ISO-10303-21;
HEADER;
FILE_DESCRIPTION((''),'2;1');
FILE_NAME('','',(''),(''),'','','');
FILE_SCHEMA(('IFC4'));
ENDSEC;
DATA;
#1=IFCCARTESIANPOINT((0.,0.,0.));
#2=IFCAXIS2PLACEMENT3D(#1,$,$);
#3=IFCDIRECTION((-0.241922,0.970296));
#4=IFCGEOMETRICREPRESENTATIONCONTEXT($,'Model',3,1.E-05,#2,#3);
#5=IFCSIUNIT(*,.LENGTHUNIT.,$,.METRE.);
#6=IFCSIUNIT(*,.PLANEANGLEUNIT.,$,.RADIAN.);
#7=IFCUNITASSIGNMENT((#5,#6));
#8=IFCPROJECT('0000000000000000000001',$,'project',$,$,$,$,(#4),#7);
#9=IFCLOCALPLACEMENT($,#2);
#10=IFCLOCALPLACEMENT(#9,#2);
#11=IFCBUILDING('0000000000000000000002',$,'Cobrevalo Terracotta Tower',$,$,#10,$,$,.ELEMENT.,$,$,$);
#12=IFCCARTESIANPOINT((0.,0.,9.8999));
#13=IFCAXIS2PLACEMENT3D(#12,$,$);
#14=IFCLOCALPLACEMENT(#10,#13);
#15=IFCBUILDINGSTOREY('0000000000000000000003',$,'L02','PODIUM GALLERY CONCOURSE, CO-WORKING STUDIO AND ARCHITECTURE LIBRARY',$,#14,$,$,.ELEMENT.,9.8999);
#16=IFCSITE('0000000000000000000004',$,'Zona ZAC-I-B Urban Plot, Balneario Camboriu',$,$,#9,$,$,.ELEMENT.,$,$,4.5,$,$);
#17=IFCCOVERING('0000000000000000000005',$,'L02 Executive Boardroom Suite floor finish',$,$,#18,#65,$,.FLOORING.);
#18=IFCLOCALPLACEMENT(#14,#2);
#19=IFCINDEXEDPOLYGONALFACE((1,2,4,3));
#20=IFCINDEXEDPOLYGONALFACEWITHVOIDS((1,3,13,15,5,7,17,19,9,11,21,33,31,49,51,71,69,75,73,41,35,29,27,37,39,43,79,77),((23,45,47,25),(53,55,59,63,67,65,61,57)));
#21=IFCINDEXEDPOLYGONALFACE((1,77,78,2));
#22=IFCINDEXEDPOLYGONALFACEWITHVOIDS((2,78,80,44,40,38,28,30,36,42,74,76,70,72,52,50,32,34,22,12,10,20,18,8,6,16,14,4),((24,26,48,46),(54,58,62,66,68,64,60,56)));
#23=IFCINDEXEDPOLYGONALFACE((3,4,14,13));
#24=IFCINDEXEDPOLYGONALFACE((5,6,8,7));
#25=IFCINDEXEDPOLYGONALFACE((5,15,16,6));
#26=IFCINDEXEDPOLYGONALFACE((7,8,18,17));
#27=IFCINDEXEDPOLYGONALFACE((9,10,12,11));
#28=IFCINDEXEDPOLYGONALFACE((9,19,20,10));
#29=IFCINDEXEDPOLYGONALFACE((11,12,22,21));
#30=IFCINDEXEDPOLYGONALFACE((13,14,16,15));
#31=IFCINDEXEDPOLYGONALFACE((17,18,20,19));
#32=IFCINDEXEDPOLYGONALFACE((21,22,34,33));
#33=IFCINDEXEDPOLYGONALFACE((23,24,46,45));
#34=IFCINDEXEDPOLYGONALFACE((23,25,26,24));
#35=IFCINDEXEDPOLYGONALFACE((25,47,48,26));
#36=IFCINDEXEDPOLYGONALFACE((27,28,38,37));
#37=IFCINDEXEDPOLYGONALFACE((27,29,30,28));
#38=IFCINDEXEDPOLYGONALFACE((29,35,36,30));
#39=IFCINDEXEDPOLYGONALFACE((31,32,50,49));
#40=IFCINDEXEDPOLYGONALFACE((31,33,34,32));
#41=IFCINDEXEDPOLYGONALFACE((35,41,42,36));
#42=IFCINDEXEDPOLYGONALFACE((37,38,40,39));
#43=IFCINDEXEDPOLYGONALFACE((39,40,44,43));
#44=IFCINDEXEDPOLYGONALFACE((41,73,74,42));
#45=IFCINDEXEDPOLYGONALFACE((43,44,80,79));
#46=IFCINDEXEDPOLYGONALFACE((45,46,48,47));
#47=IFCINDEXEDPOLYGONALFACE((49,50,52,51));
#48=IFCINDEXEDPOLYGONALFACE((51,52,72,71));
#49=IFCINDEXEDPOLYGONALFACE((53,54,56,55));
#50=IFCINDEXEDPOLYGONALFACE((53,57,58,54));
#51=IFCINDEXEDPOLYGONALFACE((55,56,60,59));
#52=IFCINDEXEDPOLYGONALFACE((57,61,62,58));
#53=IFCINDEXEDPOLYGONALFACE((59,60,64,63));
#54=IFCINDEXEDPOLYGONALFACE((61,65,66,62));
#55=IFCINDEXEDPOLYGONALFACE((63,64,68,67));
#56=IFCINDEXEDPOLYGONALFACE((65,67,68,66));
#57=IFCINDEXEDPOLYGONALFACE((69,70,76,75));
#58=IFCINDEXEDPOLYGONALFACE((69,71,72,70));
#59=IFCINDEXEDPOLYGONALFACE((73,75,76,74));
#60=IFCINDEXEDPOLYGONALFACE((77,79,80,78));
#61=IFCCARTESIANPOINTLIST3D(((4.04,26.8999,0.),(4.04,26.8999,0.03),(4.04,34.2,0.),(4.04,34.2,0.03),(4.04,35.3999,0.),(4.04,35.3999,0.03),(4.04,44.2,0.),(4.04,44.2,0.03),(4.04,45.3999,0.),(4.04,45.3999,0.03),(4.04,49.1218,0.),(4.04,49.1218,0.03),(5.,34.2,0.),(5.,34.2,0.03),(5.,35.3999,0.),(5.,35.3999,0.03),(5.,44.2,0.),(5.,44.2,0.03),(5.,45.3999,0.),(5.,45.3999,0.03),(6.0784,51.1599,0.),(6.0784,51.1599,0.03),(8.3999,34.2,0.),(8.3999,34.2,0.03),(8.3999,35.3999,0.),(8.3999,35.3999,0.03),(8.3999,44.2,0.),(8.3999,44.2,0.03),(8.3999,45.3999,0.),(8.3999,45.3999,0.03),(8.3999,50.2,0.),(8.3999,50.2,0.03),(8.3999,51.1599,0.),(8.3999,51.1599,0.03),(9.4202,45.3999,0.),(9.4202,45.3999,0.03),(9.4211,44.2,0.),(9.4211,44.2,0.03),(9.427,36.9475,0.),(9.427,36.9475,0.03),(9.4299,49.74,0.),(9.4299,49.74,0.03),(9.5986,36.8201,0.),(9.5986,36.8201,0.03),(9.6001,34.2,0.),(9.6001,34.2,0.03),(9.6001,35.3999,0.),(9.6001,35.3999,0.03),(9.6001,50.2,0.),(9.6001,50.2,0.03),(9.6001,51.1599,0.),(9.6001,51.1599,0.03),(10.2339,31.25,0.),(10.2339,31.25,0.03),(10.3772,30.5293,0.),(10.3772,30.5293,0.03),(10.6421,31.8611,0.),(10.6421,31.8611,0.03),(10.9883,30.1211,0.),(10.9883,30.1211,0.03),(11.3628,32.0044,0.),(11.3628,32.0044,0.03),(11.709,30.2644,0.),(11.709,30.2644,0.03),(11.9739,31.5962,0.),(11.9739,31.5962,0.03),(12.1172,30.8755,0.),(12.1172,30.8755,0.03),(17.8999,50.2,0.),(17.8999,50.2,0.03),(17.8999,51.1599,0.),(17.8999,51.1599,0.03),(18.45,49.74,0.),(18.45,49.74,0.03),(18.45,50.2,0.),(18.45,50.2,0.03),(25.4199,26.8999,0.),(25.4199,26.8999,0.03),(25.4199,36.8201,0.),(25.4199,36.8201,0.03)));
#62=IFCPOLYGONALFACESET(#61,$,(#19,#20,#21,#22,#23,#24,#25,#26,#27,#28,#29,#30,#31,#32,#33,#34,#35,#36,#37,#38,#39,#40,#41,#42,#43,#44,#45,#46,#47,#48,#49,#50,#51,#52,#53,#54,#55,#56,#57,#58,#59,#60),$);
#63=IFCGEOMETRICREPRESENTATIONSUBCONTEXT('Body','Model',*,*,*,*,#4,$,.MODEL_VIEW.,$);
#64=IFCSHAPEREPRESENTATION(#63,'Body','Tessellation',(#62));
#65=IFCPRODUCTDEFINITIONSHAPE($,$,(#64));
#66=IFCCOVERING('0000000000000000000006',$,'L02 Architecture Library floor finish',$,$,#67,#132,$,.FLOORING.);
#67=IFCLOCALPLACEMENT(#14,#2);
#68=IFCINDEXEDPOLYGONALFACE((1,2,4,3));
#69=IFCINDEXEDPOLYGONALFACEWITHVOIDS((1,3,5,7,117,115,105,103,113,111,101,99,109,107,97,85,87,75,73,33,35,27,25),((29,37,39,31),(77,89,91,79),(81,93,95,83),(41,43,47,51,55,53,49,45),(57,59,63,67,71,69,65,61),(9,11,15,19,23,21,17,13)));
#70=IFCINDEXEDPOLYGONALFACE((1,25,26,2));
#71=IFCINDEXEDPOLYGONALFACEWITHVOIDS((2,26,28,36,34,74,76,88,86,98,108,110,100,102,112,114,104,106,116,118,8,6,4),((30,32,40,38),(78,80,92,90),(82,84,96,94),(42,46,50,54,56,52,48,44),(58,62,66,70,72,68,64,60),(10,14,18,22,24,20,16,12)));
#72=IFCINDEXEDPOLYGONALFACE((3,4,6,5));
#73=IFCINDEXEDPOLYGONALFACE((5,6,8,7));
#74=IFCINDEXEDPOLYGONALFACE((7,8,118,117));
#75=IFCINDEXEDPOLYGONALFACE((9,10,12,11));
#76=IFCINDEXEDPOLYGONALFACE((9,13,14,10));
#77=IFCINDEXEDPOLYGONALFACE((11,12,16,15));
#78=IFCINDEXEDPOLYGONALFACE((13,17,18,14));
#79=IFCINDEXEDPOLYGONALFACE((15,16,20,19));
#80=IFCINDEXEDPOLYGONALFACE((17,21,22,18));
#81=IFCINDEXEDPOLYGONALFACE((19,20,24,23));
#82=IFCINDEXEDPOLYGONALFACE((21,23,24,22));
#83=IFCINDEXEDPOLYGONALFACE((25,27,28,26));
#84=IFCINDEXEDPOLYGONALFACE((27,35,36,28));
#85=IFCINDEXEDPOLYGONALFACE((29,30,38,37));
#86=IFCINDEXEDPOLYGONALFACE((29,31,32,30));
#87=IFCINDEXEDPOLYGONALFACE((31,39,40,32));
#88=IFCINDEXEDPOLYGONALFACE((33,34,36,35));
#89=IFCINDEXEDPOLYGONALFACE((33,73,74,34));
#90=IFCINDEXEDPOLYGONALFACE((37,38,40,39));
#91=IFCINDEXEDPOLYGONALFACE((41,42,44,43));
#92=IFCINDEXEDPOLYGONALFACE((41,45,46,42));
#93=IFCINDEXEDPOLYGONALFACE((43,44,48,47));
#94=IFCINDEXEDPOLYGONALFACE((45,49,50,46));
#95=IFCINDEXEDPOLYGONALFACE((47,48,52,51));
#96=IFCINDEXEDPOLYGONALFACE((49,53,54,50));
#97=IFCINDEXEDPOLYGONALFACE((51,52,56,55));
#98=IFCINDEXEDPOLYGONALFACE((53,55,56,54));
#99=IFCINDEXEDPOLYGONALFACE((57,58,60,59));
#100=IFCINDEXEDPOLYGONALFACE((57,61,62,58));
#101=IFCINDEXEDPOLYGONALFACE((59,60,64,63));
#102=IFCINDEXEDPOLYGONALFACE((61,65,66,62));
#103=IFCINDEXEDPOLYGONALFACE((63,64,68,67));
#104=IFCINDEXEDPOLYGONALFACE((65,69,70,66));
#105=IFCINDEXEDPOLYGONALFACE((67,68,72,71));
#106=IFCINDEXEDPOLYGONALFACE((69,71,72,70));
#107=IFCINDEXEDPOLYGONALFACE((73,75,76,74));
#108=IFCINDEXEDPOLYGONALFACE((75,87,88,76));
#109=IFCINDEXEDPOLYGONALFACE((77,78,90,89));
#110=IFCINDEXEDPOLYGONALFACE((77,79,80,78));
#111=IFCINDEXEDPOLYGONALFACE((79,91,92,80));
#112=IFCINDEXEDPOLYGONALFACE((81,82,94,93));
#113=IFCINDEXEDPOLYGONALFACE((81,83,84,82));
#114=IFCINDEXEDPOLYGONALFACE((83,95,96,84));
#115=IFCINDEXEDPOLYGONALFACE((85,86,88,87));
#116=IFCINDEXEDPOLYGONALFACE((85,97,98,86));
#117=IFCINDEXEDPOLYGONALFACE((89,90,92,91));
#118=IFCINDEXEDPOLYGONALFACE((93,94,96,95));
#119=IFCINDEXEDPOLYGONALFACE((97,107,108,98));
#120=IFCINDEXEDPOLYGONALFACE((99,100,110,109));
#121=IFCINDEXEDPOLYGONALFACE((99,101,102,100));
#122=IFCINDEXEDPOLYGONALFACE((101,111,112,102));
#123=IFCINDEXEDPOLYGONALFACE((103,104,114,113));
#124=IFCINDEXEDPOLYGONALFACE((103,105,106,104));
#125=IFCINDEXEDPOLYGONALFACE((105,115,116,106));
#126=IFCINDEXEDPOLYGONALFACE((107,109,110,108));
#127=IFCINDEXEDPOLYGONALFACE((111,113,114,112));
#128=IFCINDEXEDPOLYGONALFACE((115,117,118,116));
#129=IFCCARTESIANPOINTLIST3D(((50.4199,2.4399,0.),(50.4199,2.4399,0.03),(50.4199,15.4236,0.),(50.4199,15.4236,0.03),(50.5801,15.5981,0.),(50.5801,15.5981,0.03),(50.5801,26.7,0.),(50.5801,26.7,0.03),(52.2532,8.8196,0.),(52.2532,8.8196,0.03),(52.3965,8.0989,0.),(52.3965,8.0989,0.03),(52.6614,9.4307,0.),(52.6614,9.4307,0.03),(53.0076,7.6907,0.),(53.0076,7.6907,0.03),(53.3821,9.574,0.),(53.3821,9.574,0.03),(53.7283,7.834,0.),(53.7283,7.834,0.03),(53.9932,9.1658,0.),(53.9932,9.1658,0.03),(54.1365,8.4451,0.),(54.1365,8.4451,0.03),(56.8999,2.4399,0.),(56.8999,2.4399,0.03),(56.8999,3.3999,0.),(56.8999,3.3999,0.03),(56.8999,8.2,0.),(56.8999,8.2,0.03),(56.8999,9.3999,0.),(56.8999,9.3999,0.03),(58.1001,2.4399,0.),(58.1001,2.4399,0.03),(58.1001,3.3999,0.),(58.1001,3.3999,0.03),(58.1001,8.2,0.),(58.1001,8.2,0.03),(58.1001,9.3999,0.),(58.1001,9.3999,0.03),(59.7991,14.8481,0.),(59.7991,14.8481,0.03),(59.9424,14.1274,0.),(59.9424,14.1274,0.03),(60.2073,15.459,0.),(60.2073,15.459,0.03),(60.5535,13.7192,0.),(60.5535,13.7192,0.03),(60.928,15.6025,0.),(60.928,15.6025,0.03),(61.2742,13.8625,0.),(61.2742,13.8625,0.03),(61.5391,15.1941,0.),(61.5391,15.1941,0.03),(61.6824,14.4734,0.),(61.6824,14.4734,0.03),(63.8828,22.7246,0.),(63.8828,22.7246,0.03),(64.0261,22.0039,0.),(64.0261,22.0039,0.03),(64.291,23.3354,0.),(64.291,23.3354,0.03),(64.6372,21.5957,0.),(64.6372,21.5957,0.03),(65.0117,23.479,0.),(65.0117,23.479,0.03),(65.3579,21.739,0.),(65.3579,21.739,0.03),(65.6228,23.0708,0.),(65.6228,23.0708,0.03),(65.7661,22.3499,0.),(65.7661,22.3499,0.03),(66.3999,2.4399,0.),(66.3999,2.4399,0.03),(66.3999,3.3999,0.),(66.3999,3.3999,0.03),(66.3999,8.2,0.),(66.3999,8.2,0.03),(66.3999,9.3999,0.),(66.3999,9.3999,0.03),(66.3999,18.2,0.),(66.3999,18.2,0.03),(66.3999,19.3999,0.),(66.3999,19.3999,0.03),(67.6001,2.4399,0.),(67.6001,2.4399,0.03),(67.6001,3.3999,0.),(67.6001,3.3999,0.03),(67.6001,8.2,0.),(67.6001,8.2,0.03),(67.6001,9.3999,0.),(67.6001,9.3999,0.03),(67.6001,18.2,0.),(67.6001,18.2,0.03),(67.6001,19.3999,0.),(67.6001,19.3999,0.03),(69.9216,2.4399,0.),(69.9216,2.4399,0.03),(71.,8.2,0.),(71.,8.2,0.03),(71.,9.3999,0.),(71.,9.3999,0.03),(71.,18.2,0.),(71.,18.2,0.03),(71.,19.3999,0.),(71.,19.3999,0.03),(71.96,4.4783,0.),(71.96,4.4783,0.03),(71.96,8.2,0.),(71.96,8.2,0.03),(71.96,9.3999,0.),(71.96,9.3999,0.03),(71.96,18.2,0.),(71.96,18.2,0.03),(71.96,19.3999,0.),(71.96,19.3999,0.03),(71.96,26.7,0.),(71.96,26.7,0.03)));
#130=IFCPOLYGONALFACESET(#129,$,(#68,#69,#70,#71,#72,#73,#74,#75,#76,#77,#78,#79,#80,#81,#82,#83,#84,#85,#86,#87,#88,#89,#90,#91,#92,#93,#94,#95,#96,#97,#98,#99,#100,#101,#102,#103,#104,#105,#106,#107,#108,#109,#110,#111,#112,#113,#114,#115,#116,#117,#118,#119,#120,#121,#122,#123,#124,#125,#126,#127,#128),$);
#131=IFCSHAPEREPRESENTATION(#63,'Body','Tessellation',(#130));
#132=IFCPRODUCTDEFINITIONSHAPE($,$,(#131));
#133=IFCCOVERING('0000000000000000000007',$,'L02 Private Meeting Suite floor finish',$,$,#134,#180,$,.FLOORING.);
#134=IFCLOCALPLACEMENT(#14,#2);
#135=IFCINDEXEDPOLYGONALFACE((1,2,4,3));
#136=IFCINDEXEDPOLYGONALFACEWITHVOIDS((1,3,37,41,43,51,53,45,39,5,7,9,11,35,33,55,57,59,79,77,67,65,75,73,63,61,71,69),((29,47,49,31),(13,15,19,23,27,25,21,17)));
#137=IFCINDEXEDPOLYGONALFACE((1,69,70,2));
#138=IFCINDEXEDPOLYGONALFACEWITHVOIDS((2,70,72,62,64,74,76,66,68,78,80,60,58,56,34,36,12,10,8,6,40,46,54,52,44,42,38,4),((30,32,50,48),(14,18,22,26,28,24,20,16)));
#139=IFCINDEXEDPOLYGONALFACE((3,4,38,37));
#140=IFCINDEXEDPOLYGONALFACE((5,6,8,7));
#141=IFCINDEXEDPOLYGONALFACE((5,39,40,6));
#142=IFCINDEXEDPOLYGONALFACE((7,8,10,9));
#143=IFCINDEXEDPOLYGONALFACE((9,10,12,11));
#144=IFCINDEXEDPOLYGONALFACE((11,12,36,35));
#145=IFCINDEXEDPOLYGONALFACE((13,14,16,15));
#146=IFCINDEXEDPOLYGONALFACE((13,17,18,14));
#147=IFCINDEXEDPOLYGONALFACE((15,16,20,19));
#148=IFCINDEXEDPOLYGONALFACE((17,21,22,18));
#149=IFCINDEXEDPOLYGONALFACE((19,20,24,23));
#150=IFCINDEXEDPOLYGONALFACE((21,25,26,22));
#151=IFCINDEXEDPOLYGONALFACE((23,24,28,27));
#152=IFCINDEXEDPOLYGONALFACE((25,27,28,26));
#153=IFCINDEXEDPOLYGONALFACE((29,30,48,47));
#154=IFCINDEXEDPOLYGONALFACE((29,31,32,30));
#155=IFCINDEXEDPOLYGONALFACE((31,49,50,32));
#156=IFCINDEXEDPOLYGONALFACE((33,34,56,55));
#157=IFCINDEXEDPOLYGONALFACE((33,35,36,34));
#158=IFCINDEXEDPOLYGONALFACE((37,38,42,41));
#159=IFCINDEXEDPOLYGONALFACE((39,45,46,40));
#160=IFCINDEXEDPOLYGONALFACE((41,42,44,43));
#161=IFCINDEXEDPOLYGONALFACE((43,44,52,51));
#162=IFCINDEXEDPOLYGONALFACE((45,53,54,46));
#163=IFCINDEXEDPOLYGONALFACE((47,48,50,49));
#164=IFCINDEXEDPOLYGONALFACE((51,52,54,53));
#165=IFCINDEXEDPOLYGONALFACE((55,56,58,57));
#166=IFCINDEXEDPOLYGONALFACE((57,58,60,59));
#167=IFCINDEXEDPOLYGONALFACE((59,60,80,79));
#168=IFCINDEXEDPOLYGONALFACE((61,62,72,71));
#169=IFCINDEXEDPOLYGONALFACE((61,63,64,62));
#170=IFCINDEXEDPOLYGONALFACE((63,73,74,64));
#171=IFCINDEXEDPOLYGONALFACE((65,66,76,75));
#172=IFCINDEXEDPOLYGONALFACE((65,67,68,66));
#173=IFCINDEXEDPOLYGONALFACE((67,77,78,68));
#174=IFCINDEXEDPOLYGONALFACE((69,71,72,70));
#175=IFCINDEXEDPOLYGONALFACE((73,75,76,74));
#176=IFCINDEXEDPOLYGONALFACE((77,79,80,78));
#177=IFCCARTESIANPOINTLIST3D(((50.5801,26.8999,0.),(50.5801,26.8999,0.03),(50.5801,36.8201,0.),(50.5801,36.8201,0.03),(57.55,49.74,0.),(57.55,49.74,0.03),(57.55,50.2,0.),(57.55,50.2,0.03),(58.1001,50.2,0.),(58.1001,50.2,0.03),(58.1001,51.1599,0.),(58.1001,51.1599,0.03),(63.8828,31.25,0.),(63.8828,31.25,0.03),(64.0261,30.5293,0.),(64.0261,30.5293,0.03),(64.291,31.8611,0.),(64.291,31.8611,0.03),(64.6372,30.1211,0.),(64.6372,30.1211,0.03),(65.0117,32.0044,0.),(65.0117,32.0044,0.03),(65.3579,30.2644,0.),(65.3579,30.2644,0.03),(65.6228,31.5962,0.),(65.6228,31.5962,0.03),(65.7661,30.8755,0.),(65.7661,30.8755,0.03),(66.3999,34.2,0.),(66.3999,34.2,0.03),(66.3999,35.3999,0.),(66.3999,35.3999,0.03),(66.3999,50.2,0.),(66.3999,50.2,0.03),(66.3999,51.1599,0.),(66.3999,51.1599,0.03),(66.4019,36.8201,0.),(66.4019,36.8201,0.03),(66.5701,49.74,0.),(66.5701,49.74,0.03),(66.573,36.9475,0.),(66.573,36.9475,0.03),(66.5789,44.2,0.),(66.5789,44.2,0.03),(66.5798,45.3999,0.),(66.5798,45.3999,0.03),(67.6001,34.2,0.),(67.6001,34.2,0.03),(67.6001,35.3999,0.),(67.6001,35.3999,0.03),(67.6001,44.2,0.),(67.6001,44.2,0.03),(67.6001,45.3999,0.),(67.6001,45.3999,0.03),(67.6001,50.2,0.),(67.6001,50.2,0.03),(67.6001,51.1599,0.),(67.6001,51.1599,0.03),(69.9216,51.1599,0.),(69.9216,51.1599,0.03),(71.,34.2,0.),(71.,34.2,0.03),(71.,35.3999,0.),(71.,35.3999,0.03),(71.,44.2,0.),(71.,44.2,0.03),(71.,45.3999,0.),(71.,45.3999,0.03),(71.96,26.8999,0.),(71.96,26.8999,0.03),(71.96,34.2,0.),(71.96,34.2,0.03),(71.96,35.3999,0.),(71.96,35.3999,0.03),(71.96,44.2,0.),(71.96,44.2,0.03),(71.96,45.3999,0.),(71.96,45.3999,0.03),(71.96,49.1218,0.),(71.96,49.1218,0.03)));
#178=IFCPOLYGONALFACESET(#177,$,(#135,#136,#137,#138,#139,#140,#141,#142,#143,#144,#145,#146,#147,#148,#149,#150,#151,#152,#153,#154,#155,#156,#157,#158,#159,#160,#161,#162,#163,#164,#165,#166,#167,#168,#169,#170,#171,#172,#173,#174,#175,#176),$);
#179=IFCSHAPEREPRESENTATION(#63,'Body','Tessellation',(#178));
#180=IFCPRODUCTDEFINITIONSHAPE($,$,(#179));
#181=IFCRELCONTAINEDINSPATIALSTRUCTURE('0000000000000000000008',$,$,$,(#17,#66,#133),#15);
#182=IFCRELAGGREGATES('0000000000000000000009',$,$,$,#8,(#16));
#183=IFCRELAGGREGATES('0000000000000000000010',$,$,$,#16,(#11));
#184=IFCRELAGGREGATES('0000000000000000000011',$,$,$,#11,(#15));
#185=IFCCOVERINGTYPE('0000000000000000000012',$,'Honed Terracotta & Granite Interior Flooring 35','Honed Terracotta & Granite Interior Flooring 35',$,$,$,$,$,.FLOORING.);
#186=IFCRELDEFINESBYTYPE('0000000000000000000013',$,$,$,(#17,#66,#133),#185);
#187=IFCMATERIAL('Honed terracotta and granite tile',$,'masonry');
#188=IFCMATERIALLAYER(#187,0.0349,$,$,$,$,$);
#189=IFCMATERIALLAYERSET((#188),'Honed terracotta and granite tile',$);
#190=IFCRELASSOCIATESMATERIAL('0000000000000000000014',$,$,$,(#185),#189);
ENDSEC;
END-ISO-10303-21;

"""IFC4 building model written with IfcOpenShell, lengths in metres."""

from ifc_helpers import new_model, si_unit, direction, frame, origin, place, context, subcontext, project, spatial, polyline, outline, extrude, material, layer, layer_set, type_object, element, save


model = new_model("IFC4")

# Units and contexts
model_context = context("Model", 3, precision=1e-05, world=origin(), true_north=direction((-0.241922, 0.970296)))
body_context = subcontext(model_context, "Body", "Model", "MODEL_VIEW")
ifc_project = project(units=[si_unit("LENGTHUNIT", "METRE"), si_unit("PLANEANGLEUNIT", "RADIAN")], contexts=[model_context])

# Site, building, storey
site_placement = place(None, origin())
site = spatial("IfcSite", under=ifc_project, at=site_placement, Name="Zona ZAC-I-B Urban Plot, Balneario Camboriu", CompositionType="ELEMENT", RefElevation=4.5)
building_placement = place(site_placement, origin())
building = spatial("IfcBuilding", under=site, at=building_placement, Name="Cobrevalo Terracotta Tower", CompositionType="ELEMENT")
storey_placement = place(building_placement, frame((0.0, 0.0, 9.8999)))
storey = spatial("IfcBuildingStorey", under=building, at=storey_placement, Name="L02", Description="PODIUM GALLERY CONCOURSE, CO-WORKING STUDIO AND ARCHITECTURE LIBRARY", CompositionType="ELEMENT", Elevation=9.8999)

# Coverings
ifc_material_1 = material(Name="Honed terracotta and granite tile", Category="masonry")
ifc_layer_1 = layer(ifc_material_1, 0.0349)
ifc_layer_set_1 = layer_set([ifc_layer_1], Name="Honed terracotta and granite tile")
covering_type_1 = type_object("IfcCoveringType", Name="Honed Terracotta & Granite Interior Flooring 35", Description="Honed Terracotta & Granite Interior Flooring 35", PredefinedType="FLOORING", material=ifc_layer_set_1)
covering_1_placement = place(storey_placement, origin())
element("IfcCovering", 1, at=covering_1_placement, inside=storey, type_object=covering_type_1, Name="L02 Executive Boardroom Suite floor finish", PredefinedType="FLOORING", context=body_context, shape_type="SweptSolid", body=[
    extrude(outline(polyline([(6.0784, 51.1599), (8.3999, 51.1599), (8.3999, 50.2), (9.6001, 50.2), (9.6001, 51.1599), (17.8999, 51.1599), (17.8999, 50.2), (18.45, 50.2), (18.45, 49.74), (9.4299, 49.74), (9.4202, 45.3999), (8.3999, 45.3999), (8.3999, 44.2), (9.4211, 44.2), (9.427, 36.9475), (9.5986, 36.8201), (25.4199, 36.8201), (25.4199, 26.8999), (4.04, 26.8999), (4.04, 34.2), (5.0, 34.2), (5.0, 35.3999), (4.04, 35.3999), (4.04, 44.2), (5.0, 44.2), (5.0, 45.3999), (4.04, 45.3999), (4.04, 49.1218), (6.0784, 51.1599)]), holes=[polyline([(11.709, 30.2644), (12.1172, 30.8755), (11.9739, 31.5962), (11.3628, 32.0044), (10.6421, 31.8611), (10.2339, 31.25), (10.3772, 30.5293), (10.9883, 30.1211), (11.709, 30.2644)]), polyline([(8.3999, 35.3999), (8.3999, 34.2), (9.6001, 34.2), (9.6001, 35.3999), (8.3999, 35.3999)])]), origin(), (0.0, 0.0, 1.0), 0.03),
])
covering_2_placement = place(storey_placement, origin())
element("IfcCovering", 2, at=covering_2_placement, inside=storey, type_object=covering_type_1, Name="L02 Architecture Library floor finish", PredefinedType="FLOORING", context=body_context, shape_type="SweptSolid", body=[
    extrude(outline(polyline([(69.9216, 2.4399), (67.6001, 2.4399), (67.6001, 3.3999), (66.3999, 3.3999), (66.3999, 2.4399), (58.1001, 2.4399), (58.1001, 3.3999), (56.8999, 3.3999), (56.8999, 2.4399), (50.4199, 2.4399), (50.4199, 15.4236), (50.5801, 15.5981), (50.5801, 26.7), (71.96, 26.7), (71.96, 19.3999), (71.0, 19.3999), (71.0, 18.2), (71.96, 18.2), (71.96, 9.3999), (71.0, 9.3999), (71.0, 8.2), (71.96, 8.2), (71.96, 4.4783), (69.9216, 2.4399)]), holes=[polyline([(66.3999, 9.3999), (66.3999, 8.2), (67.6001, 8.2), (67.6001, 9.3999), (66.3999, 9.3999)]), polyline([(66.3999, 19.3999), (66.3999, 18.2), (67.6001, 18.2), (67.6001, 19.3999), (66.3999, 19.3999)]), polyline([(65.3579, 21.739), (65.7661, 22.3499), (65.6228, 23.0708), (65.0117, 23.479), (64.291, 23.3354), (63.8828, 22.7246), (64.0261, 22.0039), (64.6372, 21.5957), (65.3579, 21.739)]), polyline([(61.2742, 13.8625), (61.6824, 14.4734), (61.5391, 15.1941), (60.928, 15.6025), (60.2073, 15.459), (59.7991, 14.8481), (59.9424, 14.1274), (60.5535, 13.7192), (61.2742, 13.8625)]), polyline([(56.8999, 9.3999), (56.8999, 8.2), (58.1001, 8.2), (58.1001, 9.3999), (56.8999, 9.3999)]), polyline([(53.7283, 7.834), (54.1365, 8.4451), (53.9932, 9.1658), (53.3821, 9.574), (52.6614, 9.4307), (52.2532, 8.8196), (52.3965, 8.0989), (53.0076, 7.6907), (53.7283, 7.834)])]), origin(), (0.0, 0.0, 1.0), 0.03),
])
covering_3_placement = place(storey_placement, origin())
element("IfcCovering", 3, at=covering_3_placement, inside=storey, type_object=covering_type_1, Name="L02 Private Meeting Suite floor finish", PredefinedType="FLOORING", context=body_context, shape_type="SweptSolid", body=[
    extrude(outline(polyline([(50.5801, 26.8999), (50.5801, 36.8201), (66.4019, 36.8201), (66.573, 36.9475), (66.5789, 44.2), (67.6001, 44.2), (67.6001, 45.3999), (66.5798, 45.3999), (66.5701, 49.74), (57.55, 49.74), (57.55, 50.2), (58.1001, 50.2), (58.1001, 51.1599), (66.3999, 51.1599), (66.3999, 50.2), (67.6001, 50.2), (67.6001, 51.1599), (69.9216, 51.1599), (71.96, 49.1218), (71.96, 45.3999), (71.0, 45.3999), (71.0, 44.2), (71.96, 44.2), (71.96, 35.3999), (71.0, 35.3999), (71.0, 34.2), (71.96, 34.2), (71.96, 26.8999), (50.5801, 26.8999)]), holes=[polyline([(66.3999, 34.2), (67.6001, 34.2), (67.6001, 35.3999), (66.3999, 35.3999), (66.3999, 34.2)]), polyline([(65.3579, 30.2644), (65.7661, 30.8755), (65.6228, 31.5962), (65.0117, 32.0044), (64.291, 31.8611), (63.8828, 31.25), (64.0261, 30.5293), (64.6372, 30.1211), (65.3579, 30.2644)])]), origin(), (0.0, 0.0, 1.0), 0.03),
])

save(model, "model.ifc")
